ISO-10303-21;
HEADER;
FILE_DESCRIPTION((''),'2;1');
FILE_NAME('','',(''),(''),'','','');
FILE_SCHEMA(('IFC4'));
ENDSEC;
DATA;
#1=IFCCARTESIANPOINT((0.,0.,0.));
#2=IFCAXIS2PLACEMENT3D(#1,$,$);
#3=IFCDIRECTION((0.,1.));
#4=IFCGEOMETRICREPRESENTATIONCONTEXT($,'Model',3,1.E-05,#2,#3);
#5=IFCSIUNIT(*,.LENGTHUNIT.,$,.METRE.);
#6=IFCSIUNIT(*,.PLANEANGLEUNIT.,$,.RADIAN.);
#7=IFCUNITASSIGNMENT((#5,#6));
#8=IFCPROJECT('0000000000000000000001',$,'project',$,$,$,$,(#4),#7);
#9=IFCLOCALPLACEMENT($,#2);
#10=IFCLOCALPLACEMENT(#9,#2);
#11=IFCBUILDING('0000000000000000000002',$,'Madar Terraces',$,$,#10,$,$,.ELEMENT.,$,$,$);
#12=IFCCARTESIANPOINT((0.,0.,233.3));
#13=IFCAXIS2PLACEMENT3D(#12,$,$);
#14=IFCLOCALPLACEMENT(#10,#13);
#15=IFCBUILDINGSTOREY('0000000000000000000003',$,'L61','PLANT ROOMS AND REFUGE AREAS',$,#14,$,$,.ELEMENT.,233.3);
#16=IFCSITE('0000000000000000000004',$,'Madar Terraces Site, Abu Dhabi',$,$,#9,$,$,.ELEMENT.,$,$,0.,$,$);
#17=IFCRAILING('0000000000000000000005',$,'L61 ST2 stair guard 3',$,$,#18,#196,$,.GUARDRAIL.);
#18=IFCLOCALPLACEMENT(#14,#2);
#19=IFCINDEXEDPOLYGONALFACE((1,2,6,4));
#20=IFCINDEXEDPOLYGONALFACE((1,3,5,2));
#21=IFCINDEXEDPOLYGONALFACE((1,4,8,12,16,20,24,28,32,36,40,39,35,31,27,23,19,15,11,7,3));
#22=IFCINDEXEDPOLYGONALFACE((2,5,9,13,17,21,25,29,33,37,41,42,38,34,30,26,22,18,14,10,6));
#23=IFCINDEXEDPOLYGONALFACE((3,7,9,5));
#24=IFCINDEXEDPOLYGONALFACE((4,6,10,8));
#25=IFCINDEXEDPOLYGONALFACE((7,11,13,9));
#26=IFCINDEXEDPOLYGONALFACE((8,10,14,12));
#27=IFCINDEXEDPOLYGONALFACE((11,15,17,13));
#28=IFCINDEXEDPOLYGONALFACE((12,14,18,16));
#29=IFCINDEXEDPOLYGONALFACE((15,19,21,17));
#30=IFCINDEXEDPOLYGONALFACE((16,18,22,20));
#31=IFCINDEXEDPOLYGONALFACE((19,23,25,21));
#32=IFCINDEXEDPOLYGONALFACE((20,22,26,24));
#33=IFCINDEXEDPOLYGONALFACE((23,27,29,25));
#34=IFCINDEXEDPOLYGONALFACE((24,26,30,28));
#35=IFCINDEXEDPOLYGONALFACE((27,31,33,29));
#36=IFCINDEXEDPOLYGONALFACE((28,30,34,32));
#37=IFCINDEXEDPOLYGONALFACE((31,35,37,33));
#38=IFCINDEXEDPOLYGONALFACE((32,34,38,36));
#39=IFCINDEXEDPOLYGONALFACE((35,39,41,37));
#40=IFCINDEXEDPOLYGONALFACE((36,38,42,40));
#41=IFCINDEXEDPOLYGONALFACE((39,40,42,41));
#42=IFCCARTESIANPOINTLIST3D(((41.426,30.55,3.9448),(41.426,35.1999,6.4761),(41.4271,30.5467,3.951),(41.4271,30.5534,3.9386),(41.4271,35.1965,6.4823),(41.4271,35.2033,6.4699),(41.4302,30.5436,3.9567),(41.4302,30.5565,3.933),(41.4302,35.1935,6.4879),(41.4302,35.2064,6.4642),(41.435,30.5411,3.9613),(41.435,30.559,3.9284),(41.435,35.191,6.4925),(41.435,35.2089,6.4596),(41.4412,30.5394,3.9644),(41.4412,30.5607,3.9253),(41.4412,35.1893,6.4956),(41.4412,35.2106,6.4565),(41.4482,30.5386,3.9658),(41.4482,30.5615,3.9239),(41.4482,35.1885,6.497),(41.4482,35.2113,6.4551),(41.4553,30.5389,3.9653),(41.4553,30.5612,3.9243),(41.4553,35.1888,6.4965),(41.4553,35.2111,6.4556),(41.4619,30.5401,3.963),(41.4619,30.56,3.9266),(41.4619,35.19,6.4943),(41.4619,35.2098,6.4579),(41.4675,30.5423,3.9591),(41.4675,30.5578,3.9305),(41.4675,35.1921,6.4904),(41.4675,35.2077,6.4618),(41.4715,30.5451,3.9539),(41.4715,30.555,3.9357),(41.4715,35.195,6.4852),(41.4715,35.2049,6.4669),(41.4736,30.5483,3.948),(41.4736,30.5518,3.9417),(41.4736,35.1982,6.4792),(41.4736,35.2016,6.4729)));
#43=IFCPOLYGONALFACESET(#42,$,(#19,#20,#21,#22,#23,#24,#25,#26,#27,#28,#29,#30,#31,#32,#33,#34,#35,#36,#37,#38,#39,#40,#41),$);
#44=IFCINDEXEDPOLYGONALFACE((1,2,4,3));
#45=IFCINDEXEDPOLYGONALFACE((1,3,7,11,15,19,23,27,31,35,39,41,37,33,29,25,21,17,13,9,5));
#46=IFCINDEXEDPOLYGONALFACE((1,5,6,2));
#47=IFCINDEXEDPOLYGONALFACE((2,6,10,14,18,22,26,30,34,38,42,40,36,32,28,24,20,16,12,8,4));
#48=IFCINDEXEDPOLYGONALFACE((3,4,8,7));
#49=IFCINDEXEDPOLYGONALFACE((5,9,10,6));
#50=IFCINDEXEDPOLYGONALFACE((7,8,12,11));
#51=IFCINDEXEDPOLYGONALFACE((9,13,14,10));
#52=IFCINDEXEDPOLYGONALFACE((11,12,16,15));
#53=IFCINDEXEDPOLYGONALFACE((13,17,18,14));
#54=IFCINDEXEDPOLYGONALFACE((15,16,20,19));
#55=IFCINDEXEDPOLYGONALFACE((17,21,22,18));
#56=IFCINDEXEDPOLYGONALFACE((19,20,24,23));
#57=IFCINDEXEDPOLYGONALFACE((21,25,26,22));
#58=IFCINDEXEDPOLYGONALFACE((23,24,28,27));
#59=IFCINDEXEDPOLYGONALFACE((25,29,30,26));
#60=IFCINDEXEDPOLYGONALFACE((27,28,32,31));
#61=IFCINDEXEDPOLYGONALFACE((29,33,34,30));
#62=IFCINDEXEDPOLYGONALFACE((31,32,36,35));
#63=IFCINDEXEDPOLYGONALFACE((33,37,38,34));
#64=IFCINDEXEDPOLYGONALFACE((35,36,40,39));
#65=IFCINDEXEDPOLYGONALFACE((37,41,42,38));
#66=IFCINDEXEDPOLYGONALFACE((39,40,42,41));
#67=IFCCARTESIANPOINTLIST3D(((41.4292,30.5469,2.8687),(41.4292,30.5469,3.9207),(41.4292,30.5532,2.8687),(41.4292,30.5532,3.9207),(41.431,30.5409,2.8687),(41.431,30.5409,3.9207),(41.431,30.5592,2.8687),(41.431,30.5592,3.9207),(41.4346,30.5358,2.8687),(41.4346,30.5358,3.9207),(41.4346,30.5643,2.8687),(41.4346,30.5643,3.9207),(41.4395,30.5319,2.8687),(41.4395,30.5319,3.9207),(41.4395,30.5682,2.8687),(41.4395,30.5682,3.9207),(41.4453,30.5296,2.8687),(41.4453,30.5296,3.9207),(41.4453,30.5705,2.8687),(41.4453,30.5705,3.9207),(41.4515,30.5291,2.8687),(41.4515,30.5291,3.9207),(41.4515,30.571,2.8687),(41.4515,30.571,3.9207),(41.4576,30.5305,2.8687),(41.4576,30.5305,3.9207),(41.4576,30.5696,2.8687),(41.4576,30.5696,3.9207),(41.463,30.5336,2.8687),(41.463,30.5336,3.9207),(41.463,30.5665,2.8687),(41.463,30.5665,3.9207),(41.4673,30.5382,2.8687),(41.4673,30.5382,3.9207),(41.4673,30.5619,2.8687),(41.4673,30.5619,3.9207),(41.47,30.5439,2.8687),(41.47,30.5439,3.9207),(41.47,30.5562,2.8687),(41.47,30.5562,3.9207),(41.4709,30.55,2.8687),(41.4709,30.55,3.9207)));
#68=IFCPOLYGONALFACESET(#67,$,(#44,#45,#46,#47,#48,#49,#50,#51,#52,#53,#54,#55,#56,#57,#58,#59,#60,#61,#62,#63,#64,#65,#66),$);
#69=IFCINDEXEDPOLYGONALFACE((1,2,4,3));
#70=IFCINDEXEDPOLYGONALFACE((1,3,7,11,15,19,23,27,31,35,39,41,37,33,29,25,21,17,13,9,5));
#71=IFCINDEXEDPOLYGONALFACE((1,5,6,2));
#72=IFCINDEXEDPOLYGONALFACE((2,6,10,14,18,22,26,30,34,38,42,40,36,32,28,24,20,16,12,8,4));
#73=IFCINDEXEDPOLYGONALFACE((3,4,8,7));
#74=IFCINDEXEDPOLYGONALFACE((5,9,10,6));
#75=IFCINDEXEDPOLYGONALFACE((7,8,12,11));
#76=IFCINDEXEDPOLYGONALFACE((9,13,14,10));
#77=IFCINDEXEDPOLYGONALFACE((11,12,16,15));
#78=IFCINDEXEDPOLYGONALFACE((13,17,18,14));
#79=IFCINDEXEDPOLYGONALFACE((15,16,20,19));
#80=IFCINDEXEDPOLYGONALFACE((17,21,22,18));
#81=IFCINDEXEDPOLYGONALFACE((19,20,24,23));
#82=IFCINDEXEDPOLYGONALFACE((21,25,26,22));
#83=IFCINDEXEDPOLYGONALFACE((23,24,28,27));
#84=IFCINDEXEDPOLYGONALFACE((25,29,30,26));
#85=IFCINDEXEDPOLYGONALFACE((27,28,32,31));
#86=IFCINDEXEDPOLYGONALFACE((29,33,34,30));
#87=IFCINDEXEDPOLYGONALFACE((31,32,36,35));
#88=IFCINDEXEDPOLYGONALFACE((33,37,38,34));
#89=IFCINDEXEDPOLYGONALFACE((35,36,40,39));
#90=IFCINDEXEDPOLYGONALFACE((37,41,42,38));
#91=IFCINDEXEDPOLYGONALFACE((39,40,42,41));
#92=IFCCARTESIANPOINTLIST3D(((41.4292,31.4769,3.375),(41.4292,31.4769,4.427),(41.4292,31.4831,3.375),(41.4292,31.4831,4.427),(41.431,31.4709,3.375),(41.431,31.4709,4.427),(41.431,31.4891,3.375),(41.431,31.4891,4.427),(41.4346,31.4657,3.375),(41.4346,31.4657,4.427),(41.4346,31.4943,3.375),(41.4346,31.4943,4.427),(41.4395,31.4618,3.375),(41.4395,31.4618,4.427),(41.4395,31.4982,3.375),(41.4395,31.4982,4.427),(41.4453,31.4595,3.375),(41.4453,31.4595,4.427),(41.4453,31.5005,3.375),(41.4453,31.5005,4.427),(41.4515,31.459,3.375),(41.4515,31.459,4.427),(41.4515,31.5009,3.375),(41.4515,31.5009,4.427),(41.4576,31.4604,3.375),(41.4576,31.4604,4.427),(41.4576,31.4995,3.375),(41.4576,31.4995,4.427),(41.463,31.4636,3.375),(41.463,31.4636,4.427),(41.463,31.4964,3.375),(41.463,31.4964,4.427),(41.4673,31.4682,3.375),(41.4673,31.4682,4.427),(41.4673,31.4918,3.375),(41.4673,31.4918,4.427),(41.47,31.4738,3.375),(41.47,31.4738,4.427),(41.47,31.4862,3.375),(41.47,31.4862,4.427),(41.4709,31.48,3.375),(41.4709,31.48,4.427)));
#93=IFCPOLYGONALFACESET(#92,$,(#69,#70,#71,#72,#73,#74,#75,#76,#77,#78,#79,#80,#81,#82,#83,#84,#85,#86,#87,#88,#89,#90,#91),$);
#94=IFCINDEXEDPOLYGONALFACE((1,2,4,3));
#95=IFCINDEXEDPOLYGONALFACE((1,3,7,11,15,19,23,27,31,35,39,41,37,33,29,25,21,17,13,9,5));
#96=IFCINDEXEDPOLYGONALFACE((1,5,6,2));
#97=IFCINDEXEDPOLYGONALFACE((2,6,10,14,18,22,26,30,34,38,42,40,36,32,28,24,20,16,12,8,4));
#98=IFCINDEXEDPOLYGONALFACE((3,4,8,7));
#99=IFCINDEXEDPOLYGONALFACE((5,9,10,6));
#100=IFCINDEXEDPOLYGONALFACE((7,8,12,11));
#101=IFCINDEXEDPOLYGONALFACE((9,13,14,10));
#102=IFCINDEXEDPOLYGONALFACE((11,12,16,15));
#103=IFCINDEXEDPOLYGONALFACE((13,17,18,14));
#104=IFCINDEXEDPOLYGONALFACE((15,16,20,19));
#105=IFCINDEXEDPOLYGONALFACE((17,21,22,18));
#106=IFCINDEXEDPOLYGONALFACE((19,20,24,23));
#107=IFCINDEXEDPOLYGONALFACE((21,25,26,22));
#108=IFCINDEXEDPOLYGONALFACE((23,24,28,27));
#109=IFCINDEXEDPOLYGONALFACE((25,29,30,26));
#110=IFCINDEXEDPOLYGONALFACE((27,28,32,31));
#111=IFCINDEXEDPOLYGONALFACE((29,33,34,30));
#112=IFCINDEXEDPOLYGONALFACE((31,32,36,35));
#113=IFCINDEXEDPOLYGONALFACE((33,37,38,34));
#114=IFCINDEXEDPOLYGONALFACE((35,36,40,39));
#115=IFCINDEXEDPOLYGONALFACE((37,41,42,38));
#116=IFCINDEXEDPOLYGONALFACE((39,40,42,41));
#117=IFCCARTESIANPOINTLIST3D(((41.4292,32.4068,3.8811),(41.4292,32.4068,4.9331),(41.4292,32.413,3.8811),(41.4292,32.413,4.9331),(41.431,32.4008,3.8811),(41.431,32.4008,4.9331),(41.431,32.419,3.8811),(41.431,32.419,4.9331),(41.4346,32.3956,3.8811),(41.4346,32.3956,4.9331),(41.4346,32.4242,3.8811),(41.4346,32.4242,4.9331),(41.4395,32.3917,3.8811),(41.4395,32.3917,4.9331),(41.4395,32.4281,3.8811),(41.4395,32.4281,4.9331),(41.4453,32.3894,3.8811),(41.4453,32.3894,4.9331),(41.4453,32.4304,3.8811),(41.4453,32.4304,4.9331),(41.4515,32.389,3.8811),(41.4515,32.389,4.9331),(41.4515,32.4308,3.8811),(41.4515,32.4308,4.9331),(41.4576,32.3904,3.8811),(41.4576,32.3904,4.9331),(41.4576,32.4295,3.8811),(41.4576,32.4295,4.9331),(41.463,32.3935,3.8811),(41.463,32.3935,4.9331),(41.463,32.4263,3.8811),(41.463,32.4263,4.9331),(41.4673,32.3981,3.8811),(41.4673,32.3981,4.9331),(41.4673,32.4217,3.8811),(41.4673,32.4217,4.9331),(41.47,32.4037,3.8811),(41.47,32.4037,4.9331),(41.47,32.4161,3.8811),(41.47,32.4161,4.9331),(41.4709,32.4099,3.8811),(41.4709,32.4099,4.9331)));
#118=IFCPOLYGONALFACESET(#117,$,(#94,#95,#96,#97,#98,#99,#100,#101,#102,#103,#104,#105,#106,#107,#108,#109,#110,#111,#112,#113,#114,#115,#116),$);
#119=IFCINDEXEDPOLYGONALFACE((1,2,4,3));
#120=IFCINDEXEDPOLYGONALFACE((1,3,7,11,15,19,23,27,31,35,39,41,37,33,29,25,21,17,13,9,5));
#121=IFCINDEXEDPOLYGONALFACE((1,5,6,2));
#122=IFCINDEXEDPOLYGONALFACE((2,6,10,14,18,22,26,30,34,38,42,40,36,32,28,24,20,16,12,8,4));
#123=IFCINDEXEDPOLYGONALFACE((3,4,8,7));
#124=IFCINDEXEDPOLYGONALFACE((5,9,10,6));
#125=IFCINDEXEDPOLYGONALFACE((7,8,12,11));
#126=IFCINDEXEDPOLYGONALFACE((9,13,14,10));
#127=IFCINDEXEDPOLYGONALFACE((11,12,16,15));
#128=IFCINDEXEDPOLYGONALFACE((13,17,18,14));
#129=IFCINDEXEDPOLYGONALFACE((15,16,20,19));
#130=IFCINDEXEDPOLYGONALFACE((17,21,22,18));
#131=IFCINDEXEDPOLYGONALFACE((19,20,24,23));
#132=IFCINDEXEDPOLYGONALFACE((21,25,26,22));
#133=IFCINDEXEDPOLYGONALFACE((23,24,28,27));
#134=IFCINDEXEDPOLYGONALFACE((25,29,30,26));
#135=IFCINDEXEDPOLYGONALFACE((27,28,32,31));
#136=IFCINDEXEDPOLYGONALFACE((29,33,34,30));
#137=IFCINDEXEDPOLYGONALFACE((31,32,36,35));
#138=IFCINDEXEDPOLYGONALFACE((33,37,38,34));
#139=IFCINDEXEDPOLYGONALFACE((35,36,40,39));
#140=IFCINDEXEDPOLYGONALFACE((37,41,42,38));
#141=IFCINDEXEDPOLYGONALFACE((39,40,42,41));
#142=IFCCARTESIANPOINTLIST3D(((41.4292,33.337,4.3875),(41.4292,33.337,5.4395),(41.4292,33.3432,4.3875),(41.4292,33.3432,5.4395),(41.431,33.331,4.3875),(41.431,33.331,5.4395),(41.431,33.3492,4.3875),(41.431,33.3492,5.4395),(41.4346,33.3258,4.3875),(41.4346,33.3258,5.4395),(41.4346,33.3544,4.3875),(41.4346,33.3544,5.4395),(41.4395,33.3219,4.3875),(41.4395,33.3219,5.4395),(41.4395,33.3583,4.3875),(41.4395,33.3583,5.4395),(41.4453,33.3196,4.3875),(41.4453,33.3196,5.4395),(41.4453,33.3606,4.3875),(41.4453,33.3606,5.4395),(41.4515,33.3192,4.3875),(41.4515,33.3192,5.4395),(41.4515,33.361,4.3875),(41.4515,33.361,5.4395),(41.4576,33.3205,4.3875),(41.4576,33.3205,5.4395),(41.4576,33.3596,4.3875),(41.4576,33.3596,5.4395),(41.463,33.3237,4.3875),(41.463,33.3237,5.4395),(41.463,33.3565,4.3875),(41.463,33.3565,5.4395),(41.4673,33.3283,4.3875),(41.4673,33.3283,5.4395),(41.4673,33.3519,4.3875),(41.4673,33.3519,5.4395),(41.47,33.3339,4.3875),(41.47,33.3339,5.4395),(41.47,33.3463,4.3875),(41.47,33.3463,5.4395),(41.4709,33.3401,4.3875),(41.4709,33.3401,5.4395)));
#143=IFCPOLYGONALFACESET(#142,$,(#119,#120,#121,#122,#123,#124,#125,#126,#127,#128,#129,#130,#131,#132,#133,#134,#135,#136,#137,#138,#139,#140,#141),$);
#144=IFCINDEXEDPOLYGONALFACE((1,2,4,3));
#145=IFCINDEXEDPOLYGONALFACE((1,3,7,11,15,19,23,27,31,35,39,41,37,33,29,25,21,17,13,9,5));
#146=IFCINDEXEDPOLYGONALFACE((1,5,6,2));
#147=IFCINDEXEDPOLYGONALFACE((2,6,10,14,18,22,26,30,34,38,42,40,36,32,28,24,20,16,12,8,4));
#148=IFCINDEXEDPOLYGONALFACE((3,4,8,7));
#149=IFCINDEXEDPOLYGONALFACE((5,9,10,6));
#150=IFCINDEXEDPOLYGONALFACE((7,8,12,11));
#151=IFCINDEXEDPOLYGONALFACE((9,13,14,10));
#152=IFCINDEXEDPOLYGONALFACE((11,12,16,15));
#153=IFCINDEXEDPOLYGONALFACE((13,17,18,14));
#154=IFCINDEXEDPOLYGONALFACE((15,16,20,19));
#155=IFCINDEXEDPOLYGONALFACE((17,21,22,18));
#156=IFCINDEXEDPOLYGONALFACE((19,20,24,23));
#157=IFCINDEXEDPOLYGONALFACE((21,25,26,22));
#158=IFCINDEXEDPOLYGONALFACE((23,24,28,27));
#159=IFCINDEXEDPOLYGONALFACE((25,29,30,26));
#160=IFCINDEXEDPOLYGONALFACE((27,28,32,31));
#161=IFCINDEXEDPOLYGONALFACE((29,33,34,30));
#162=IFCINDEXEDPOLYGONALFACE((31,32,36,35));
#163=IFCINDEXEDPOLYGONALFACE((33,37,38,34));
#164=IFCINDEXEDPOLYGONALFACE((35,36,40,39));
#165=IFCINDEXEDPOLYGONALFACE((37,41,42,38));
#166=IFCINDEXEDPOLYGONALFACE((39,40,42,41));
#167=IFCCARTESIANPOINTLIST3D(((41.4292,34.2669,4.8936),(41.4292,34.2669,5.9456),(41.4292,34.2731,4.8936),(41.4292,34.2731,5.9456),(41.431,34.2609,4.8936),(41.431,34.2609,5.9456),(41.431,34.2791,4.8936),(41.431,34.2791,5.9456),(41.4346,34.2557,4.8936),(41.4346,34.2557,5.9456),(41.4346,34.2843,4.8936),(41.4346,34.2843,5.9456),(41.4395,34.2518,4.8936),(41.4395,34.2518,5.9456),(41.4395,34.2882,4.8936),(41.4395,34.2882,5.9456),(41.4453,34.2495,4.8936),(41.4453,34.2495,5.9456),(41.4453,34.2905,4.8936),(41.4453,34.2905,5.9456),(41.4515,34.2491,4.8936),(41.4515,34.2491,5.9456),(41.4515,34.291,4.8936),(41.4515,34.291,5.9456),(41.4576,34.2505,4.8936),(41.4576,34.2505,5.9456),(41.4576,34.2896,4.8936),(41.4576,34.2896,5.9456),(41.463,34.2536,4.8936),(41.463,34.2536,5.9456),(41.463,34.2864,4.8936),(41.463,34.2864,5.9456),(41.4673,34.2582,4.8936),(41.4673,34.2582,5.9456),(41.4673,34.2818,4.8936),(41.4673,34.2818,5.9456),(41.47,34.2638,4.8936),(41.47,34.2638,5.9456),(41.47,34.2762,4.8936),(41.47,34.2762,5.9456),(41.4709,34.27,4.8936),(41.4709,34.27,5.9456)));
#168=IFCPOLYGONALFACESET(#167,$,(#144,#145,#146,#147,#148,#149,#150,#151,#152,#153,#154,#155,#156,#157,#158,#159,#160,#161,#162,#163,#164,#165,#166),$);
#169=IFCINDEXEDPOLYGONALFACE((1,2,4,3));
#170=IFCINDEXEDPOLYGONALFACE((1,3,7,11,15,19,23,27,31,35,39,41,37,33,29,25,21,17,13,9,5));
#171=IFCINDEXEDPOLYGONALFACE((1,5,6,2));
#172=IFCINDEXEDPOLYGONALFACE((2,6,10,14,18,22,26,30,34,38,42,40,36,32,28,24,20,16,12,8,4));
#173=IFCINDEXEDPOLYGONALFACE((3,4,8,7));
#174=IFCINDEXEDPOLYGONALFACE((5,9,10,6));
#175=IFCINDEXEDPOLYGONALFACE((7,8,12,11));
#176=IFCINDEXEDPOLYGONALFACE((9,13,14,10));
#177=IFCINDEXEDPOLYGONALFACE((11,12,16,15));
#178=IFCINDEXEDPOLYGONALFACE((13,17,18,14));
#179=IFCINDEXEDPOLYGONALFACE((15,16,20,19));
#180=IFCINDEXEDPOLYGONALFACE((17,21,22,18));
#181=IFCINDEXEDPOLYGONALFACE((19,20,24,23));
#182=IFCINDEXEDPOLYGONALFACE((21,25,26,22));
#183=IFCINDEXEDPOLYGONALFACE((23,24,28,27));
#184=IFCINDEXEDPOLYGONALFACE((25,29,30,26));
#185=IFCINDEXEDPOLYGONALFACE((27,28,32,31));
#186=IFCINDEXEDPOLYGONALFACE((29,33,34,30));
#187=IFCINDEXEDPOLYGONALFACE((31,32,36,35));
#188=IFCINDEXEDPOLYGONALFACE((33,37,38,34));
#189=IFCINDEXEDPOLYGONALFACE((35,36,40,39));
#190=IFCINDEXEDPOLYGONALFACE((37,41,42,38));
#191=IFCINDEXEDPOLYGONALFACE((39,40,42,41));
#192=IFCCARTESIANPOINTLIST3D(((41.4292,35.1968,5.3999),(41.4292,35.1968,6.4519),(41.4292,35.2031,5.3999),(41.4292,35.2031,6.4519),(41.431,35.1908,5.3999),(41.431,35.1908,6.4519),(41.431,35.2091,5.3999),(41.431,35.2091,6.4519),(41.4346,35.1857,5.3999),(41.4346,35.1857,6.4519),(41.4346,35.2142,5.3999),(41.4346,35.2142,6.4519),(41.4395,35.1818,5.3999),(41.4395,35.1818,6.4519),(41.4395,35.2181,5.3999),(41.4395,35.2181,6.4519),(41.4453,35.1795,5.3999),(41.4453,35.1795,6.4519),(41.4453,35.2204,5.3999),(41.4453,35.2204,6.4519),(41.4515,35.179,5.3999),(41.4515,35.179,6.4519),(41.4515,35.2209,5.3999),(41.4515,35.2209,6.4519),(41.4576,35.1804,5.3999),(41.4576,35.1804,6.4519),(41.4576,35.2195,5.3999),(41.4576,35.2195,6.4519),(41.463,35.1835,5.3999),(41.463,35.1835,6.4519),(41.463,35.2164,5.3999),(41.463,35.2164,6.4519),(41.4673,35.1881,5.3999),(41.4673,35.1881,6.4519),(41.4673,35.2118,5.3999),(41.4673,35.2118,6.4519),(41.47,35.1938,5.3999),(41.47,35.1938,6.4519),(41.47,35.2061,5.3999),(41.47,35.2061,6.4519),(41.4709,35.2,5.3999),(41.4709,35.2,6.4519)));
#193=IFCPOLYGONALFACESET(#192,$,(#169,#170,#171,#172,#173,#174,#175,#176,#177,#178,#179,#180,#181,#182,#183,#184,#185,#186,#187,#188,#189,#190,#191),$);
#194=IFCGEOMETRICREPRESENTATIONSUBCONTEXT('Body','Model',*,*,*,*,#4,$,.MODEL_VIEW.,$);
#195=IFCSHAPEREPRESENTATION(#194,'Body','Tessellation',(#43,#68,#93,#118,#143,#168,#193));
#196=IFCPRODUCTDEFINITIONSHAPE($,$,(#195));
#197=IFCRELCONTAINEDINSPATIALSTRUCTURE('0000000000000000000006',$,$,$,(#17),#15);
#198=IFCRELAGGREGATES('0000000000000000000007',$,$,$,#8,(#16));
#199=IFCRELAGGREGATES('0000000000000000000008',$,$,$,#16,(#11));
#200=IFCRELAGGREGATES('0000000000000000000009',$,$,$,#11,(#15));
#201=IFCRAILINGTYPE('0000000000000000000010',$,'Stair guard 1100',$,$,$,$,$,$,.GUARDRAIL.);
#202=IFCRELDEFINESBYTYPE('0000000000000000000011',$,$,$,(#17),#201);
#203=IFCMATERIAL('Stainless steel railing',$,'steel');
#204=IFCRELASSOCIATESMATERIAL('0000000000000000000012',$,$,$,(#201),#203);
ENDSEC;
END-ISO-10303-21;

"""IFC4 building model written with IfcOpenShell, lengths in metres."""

from ifc_helpers import new_model, si_unit, direction, frame, origin, origin_2d, place, context, subcontext, project, spatial, circle, extrude, material, type_object, element, save


model = new_model("IFC4")

# Units and contexts
model_context = context("Model", 3, precision=1e-05, world=origin(), true_north=direction((0.0, 1.0)))
body_context = subcontext(model_context, "Body", "Model", "MODEL_VIEW")
ifc_project = project(units=[si_unit("LENGTHUNIT", "METRE"), si_unit("PLANEANGLEUNIT", "RADIAN")], contexts=[model_context])

# Site, building, storey
site_placement = place(None, origin())
site = spatial("IfcSite", under=ifc_project, at=site_placement, Name="Madar Terraces Site, Abu Dhabi", CompositionType="ELEMENT", RefElevation=0.0)
building_placement = place(site_placement, origin())
building = spatial("IfcBuilding", under=site, at=building_placement, Name="Madar Terraces", CompositionType="ELEMENT")
storey_placement = place(building_placement, frame((0.0, 0.0, 233.3)))
storey = spatial("IfcBuildingStorey", under=building, at=storey_placement, Name="L61", Description="PLANT ROOMS AND REFUGE AREAS", CompositionType="ELEMENT", Elevation=233.3)

# Railing
ifc_material_1 = material(Name="Stainless steel railing", Category="steel")
railing_type_1 = type_object("IfcRailingType", Name="Stair guard 1100", PredefinedType="GUARDRAIL", material=ifc_material_1)
railing_1_placement = place(storey_placement, frame((41.45, 30.55, 2.8687)))
element("IfcRailing", 1, at=railing_1_placement, inside=storey, type_object=railing_type_1, Name="L61 ST2 stair guard 3", PredefinedType="GUARDRAIL", context=body_context, shape_type="SweptSolid", body=[
    extrude(circle(Radius=0.0239, at=origin_2d()), frame((0.0, 0.0, 1.0762), z_axis=(0.0, 0.878297, 0.478115), x_axis=(-1.0, 0.0, 0.0)), (0.0, 0.0, 1.0), 5.2942),
    extrude(circle(Radius=0.021, at=origin_2d()), origin(), (0.0, 0.0, 1.0), 1.052),
    extrude(circle(Radius=0.021, at=origin_2d()), frame((0.0, 0.9299, 0.5063)), (0.0, 0.0, 1.0), 1.052),
    extrude(circle(Radius=0.021, at=origin_2d()), frame((0.0, 1.8599, 1.0125)), (0.0, 0.0, 1.0), 1.052),
    extrude(circle(Radius=0.021, at=origin_2d()), frame((0.0, 2.79, 1.5188)), (0.0, 0.0, 1.0), 1.052),
    extrude(circle(Radius=0.021, at=origin_2d()), frame((0.0, 3.72, 2.0249)), (0.0, 0.0, 1.0), 1.052),
    extrude(circle(Radius=0.021, at=origin_2d()), frame((0.0, 4.6499, 2.5312)), (0.0, 0.0, 1.0), 1.052),
])

save(model, "model.ifc")
